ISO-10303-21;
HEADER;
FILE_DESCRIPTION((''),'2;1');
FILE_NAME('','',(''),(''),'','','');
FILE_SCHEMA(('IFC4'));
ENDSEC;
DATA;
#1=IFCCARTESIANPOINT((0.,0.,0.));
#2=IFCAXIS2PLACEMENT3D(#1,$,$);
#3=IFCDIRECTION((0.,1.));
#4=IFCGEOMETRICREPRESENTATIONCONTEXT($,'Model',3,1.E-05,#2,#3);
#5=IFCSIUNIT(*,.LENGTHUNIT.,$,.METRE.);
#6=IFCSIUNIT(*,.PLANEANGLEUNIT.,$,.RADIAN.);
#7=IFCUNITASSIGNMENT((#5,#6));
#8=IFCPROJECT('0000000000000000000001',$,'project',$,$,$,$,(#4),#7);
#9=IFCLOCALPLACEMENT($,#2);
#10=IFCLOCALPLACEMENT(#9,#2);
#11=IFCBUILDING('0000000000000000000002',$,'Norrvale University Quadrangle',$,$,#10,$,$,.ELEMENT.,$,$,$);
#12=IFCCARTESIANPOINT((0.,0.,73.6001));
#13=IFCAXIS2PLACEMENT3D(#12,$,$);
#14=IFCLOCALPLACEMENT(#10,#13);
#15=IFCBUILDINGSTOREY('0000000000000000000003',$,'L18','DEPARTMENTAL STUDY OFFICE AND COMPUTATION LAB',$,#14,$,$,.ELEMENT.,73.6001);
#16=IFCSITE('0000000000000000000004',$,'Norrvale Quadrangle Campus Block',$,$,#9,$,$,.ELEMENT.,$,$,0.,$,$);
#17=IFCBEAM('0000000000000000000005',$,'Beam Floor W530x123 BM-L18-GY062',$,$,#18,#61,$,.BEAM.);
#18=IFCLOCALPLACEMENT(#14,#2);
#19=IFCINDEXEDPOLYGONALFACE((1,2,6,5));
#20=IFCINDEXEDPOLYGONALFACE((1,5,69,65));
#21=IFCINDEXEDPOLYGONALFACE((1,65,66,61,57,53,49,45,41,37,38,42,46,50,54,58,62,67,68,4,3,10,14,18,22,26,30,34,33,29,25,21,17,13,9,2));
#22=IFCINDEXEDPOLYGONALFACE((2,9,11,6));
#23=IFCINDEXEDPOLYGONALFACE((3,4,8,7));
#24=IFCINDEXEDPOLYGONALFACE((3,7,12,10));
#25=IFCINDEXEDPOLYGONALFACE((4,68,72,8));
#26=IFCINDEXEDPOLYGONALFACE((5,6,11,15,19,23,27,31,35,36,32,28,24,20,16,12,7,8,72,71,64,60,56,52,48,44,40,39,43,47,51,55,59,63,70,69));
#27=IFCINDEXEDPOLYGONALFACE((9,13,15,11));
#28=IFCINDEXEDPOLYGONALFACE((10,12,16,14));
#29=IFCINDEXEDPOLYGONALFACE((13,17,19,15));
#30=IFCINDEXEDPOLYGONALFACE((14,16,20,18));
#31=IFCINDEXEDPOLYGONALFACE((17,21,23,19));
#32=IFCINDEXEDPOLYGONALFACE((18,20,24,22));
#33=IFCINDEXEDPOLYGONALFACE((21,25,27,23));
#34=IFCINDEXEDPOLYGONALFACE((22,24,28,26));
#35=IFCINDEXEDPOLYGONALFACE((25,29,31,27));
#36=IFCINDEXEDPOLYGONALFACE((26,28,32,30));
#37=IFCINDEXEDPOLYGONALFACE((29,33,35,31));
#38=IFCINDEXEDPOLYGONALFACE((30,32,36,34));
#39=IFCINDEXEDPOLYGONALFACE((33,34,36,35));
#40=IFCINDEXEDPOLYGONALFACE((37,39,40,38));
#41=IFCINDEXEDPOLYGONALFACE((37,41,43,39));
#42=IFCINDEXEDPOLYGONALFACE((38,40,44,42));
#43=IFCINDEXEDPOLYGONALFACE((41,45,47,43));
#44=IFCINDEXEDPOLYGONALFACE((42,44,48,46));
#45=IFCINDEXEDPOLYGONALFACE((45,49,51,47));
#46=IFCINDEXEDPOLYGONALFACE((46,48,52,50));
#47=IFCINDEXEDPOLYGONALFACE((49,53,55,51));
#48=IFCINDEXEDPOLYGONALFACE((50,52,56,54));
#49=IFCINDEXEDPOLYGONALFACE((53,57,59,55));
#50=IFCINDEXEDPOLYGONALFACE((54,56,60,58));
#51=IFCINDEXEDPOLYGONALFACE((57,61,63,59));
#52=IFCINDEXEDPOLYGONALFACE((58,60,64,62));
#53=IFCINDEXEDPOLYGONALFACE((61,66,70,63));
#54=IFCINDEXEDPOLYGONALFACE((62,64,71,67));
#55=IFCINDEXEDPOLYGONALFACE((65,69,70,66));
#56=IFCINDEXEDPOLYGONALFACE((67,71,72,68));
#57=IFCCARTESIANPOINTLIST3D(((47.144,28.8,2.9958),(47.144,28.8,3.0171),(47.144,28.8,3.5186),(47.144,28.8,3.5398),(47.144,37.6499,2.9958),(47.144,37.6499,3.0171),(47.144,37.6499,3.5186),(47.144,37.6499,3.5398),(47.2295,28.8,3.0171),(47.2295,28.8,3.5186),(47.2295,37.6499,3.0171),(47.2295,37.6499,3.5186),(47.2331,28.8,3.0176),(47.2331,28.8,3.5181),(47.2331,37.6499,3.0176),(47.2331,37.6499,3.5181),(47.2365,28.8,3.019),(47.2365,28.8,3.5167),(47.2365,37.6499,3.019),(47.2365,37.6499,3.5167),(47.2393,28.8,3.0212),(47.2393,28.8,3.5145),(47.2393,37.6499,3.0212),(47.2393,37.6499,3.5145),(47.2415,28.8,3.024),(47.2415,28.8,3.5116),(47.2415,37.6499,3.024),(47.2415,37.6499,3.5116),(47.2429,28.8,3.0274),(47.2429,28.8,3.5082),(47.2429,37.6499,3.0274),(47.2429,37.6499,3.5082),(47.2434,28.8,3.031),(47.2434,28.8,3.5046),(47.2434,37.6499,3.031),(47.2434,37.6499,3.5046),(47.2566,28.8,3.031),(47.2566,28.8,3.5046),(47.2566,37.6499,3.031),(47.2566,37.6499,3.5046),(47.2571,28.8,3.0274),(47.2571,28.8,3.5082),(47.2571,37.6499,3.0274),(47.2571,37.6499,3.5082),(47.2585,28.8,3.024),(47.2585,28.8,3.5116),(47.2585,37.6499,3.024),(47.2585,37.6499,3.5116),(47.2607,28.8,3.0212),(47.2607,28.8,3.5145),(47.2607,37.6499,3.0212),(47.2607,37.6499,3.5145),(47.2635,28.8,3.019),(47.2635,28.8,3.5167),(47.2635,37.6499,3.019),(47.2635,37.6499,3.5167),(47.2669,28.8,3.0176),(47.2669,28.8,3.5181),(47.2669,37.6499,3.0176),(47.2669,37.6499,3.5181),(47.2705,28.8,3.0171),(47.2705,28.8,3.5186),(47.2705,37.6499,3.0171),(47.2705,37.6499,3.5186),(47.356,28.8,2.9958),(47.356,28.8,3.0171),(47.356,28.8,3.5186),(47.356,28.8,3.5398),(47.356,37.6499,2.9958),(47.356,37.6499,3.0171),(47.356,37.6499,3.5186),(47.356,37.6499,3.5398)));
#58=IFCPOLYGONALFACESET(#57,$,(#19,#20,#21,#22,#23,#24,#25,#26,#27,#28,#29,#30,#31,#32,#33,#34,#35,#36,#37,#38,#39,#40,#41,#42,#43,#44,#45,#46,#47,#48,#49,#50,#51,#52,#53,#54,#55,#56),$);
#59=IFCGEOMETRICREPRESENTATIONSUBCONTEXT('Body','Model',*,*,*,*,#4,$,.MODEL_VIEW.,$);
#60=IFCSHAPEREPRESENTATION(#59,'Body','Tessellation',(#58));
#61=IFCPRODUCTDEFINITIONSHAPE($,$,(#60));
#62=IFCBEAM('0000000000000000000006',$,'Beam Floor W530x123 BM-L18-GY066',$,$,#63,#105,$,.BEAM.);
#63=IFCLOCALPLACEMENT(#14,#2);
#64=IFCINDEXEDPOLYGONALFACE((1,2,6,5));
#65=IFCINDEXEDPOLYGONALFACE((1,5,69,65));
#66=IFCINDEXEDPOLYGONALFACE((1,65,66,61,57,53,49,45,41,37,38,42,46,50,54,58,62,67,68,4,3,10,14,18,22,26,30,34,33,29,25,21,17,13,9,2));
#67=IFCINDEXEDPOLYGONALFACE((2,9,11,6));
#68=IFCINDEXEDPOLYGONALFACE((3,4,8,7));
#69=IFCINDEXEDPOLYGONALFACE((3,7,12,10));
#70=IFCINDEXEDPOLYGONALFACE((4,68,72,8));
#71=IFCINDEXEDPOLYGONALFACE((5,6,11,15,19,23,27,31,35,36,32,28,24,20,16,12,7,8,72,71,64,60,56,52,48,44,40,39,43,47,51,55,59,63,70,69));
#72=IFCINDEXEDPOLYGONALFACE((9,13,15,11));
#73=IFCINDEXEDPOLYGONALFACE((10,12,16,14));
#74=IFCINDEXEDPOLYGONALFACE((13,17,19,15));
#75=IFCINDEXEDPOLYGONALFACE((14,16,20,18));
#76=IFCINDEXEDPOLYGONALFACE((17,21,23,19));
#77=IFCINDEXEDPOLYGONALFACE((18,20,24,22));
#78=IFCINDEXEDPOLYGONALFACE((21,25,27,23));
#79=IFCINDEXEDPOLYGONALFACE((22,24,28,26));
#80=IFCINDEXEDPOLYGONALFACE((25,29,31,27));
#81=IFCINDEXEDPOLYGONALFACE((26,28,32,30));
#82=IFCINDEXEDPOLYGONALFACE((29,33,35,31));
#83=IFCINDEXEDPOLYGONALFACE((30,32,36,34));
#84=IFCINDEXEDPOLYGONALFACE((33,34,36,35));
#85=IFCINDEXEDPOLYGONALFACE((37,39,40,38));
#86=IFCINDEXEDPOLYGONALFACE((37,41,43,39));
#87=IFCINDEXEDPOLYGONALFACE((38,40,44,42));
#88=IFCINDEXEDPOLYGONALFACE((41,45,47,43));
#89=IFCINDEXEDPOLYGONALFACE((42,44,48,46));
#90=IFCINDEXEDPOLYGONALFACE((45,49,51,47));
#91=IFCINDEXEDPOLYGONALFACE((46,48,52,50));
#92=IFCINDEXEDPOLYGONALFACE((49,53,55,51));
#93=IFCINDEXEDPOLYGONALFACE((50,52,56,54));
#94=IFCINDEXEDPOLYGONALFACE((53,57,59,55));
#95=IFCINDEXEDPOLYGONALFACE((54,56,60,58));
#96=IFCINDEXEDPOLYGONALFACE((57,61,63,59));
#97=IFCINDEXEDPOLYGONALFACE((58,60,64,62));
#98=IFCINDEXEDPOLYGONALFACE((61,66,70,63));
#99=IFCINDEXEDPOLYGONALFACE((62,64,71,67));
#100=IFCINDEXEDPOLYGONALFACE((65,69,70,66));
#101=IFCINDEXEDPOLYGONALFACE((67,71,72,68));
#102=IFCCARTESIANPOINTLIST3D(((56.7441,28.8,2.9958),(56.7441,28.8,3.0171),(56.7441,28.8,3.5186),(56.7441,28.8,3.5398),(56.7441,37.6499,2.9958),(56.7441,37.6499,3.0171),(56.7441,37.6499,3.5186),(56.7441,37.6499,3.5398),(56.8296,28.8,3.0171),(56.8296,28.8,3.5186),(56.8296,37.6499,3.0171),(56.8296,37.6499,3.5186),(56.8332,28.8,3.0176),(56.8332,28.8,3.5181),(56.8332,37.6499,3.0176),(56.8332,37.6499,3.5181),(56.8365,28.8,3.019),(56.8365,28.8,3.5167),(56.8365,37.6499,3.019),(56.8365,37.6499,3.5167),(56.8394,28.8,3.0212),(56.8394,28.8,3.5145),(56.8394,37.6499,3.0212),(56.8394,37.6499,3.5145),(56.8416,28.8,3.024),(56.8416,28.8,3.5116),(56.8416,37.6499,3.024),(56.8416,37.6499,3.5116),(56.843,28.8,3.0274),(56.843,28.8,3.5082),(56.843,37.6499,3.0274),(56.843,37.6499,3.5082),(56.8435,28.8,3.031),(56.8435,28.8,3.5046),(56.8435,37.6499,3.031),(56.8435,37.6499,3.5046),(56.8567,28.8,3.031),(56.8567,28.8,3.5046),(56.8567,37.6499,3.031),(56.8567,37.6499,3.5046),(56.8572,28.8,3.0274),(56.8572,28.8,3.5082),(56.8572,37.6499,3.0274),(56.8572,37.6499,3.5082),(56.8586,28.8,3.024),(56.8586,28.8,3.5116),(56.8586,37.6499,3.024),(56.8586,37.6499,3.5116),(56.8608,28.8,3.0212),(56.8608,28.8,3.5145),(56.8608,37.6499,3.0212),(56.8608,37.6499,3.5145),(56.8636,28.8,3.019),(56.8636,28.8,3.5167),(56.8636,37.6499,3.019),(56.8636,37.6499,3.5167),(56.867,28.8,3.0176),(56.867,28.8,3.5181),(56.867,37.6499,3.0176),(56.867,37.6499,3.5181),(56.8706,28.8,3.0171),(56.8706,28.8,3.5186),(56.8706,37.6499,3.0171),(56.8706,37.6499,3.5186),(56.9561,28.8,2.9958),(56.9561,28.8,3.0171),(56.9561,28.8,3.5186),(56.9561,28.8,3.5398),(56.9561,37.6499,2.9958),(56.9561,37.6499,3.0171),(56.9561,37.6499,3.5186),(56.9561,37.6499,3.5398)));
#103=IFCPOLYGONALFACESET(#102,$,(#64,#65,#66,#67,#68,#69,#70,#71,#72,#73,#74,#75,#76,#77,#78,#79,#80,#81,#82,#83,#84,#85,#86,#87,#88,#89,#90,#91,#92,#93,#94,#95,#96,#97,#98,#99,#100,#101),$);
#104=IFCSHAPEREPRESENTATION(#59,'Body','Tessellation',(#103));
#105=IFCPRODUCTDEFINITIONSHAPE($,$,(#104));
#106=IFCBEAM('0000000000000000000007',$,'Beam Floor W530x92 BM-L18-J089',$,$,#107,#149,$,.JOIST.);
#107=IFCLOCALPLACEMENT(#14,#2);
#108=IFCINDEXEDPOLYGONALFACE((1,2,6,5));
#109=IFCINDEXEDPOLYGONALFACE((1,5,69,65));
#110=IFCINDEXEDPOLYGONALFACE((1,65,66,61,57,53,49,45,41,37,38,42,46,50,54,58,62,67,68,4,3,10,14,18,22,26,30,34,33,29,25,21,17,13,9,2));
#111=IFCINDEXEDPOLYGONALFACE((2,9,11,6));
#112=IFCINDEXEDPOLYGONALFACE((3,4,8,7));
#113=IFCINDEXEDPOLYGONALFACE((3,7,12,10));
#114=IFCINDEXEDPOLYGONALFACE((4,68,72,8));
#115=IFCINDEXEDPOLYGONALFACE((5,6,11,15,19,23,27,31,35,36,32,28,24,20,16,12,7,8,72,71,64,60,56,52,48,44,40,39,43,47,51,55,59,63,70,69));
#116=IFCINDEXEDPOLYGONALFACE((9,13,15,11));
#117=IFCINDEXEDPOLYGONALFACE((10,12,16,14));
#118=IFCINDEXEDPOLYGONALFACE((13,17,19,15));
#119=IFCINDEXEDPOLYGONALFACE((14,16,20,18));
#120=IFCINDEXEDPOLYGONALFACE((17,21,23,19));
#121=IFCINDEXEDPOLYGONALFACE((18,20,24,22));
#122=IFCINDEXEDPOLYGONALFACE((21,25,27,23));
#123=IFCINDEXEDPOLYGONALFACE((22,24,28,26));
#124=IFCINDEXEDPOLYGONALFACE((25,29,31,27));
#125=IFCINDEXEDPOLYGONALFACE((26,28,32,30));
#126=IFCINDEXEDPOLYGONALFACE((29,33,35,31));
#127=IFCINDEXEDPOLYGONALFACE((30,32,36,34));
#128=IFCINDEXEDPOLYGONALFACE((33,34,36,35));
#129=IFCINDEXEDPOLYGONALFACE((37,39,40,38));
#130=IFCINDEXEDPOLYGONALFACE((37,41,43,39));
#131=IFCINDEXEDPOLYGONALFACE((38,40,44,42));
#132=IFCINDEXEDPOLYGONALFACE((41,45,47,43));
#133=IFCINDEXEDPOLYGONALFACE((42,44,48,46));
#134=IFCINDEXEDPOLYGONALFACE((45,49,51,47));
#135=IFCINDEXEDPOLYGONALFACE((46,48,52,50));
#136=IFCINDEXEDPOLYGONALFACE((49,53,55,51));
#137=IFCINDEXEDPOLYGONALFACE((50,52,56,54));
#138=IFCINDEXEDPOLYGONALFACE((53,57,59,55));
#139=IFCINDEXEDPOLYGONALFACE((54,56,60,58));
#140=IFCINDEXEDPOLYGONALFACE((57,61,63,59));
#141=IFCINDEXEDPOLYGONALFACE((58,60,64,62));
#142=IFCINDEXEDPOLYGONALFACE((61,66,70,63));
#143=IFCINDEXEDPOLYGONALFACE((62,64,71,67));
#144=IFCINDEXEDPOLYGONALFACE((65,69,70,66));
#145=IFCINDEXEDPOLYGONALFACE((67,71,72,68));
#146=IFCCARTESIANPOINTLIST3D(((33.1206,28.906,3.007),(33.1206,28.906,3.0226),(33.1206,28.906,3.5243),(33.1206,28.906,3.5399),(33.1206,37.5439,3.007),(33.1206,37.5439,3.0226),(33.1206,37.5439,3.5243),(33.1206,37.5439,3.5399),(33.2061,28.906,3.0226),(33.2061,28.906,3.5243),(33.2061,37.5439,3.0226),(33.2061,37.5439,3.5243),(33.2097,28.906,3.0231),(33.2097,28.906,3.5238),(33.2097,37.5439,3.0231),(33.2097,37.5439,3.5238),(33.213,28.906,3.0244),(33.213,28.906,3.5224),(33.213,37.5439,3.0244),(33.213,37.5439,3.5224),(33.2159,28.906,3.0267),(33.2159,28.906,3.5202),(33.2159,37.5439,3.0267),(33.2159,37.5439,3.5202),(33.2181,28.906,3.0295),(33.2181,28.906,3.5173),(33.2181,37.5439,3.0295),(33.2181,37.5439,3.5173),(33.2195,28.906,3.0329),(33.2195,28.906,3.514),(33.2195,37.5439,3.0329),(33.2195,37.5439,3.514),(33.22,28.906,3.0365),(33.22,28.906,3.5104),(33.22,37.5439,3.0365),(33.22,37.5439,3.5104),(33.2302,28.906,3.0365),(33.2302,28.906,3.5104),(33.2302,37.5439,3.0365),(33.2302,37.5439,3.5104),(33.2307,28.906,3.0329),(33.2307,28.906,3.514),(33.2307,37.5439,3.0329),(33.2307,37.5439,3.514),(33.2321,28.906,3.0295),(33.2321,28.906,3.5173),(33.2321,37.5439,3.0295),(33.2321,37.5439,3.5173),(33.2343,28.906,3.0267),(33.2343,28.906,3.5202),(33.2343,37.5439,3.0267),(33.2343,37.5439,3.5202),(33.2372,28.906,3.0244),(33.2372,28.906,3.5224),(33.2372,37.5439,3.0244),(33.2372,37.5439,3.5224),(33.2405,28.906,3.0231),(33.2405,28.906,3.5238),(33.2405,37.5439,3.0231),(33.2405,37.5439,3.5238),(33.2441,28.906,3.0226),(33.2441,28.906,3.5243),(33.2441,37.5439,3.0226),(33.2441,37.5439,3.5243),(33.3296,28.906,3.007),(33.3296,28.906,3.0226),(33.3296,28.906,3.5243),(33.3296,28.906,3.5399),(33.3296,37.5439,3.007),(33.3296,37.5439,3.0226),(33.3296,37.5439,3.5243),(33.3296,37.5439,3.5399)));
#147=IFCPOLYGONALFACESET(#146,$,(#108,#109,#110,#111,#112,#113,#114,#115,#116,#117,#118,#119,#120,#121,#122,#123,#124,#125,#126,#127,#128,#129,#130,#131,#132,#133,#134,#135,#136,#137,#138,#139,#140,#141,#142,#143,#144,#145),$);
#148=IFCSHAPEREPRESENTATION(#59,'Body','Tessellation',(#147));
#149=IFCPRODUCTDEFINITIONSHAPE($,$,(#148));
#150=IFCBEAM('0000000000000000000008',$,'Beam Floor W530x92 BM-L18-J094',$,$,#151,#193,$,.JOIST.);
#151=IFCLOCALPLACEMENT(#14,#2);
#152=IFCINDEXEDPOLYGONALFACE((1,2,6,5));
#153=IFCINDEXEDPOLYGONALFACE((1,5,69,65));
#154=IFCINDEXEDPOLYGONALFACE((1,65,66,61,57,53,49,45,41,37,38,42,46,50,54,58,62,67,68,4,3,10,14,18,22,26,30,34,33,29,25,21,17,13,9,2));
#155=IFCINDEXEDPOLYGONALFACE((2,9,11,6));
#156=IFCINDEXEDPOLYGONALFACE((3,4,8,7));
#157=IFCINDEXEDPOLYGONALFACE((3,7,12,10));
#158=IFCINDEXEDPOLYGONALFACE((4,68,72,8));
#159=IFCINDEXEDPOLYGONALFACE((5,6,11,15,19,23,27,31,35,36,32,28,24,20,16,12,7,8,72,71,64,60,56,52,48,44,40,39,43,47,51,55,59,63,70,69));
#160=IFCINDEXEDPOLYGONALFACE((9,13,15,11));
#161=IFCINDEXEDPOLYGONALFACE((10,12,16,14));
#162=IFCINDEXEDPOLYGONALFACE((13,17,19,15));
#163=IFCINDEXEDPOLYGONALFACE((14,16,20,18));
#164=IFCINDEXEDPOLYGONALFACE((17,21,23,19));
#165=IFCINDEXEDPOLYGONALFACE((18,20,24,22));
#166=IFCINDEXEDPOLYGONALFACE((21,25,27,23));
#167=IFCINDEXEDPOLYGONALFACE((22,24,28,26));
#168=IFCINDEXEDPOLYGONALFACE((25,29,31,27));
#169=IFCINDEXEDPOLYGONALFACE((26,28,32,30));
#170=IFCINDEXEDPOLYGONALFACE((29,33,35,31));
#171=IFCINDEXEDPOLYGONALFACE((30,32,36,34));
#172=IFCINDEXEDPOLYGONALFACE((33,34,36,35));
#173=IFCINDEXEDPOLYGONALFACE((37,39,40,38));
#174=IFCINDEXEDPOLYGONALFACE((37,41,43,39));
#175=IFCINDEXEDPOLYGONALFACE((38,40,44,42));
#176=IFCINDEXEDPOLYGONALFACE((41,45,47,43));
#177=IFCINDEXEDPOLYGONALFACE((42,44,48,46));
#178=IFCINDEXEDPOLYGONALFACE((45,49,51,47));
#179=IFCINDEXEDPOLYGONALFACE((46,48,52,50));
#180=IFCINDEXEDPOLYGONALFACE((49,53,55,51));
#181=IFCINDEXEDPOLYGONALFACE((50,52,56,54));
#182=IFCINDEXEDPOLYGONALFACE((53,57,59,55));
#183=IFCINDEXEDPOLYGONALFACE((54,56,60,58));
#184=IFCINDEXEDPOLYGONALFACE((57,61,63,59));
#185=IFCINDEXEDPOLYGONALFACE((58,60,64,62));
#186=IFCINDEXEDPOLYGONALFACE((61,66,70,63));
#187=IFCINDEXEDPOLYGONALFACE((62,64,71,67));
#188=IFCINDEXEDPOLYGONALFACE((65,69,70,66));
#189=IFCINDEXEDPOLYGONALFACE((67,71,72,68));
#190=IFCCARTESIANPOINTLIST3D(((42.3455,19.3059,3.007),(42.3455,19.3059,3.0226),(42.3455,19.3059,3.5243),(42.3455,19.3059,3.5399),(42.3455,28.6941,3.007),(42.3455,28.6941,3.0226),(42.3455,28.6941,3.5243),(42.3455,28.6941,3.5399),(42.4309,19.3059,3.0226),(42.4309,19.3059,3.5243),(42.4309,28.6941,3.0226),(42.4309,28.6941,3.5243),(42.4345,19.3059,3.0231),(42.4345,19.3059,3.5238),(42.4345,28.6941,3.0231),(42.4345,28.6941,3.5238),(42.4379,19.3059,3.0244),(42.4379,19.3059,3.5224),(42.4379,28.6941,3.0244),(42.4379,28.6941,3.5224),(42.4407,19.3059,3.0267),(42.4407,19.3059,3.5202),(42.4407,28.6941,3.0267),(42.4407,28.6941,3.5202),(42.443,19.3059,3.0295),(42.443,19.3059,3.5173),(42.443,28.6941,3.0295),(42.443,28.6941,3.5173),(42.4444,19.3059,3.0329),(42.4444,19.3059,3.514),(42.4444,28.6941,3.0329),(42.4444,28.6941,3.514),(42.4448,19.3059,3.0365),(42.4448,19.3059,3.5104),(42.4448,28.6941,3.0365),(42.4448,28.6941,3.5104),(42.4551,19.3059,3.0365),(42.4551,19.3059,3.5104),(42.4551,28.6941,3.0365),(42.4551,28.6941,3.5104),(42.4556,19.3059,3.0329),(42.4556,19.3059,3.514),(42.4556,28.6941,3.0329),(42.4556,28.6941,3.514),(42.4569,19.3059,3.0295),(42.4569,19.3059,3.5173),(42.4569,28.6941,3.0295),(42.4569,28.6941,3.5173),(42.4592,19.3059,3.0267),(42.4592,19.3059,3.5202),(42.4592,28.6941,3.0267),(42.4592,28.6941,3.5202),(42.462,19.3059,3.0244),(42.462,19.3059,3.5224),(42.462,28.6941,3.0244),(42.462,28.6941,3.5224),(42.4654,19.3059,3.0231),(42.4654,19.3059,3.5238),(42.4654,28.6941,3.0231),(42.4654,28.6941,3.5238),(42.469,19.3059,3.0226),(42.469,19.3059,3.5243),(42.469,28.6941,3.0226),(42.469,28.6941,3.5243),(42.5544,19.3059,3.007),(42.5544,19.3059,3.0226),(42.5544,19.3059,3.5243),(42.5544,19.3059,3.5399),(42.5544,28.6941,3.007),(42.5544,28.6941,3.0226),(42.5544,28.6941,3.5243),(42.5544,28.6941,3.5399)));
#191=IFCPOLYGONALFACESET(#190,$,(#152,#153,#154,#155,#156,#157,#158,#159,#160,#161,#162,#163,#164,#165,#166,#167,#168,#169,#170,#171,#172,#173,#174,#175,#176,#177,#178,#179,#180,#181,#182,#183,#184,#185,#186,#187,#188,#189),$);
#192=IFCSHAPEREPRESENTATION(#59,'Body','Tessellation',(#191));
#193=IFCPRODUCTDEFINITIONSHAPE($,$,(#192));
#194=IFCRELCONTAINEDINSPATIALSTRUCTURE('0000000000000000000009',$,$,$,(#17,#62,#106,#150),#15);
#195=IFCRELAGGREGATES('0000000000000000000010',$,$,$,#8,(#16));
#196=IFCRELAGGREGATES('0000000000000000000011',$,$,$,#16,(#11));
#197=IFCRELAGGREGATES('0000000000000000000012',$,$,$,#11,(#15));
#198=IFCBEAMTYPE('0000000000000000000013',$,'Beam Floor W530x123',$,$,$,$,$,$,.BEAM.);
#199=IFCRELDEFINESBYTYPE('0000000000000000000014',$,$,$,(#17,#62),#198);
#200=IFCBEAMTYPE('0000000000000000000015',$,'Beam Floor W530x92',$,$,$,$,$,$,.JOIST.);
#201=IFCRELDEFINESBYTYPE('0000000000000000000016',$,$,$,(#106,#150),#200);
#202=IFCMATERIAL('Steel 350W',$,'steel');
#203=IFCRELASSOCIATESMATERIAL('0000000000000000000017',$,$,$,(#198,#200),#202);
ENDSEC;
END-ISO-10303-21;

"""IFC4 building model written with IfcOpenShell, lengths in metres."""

from ifc_helpers import new_model, si_unit, direction, frame, origin, origin_2d, place, context, subcontext, project, spatial, i_section, extrude, material, material_profile, profile_set, type_object, element, save


model = new_model("IFC4")

# Units and contexts
model_context = context("Model", 3, precision=1e-05, world=origin(), true_north=direction((0.0, 1.0)))
body_context = subcontext(model_context, "Body", "Model", "MODEL_VIEW")
ifc_project = project(units=[si_unit("LENGTHUNIT", "METRE"), si_unit("PLANEANGLEUNIT", "RADIAN")], contexts=[model_context])

# Site, building, storey
site_placement = place(None, origin())
site = spatial("IfcSite", under=ifc_project, at=site_placement, Name="Norrvale Quadrangle Campus Block", CompositionType="ELEMENT", RefElevation=0.0)
building_placement = place(site_placement, origin())
building = spatial("IfcBuilding", under=site, at=building_placement, Name="Norrvale University Quadrangle", CompositionType="ELEMENT")
storey_placement = place(building_placement, frame((0.0, 0.0, 73.6001)))
storey = spatial("IfcBuildingStorey", under=building, at=storey_placement, Name="L18", Description="DEPARTMENTAL STUDY OFFICE AND COMPUTATION LAB", CompositionType="ELEMENT", Elevation=73.6001)

# Beams
ifc_material_1 = material(Name="Steel 350W", Category="steel")
ifc_material_profile_1 = material_profile(ifc_material_1, i_section(OverallWidth=0.2119, OverallDepth=0.5439, WebThickness=0.0132, FlangeThickness=0.0212, FilletRadius=0.0139, at=origin_2d()), Name="Steel 350W")
ifc_profile_set_1 = profile_set([ifc_material_profile_1], Name="Steel 350W")
beam_type_1 = type_object("IfcBeamType", Name="Beam Floor W530x123", PredefinedType="BEAM", material=ifc_profile_set_1)
for number, where, z_axis, x_axis, name in (
    (1, (47.25, 28.8, 3.2678), (0.0, 1.0, 0.0), (-1.0, 0.0, 0.0), "Beam Floor W530x123 BM-L18-GY062"),
    (2, (56.8501, 28.8, 3.2678), (0.0, 1.0, 0.0), (-1.0, 0.0, 0.0), "Beam Floor W530x123 BM-L18-GY066"),
):
    element("IfcBeam", number, at=place(storey_placement, frame(where, z_axis=z_axis, x_axis=x_axis)), inside=storey, type_object=beam_type_1, Name=name, PredefinedType="BEAM", context=body_context, shape_type="SweptSolid", body=[
        extrude(i_section(OverallWidth=0.2119, OverallDepth=0.5439, WebThickness=0.0132, FlangeThickness=0.0212, FilletRadius=0.0139, at=origin_2d()), origin(), (0.0, 0.0, 1.0), 8.8499),
    ])
ifc_material_profile_2 = material_profile(ifc_material_1, i_section(OverallWidth=0.209, OverallDepth=0.533, WebThickness=0.0103, FlangeThickness=0.0156, FilletRadius=0.0139, at=origin_2d()), Name="Steel 350W")
ifc_profile_set_2 = profile_set([ifc_material_profile_2], Name="Steel 350W")
beam_type_2 = type_object("IfcBeamType", Name="Beam Floor W530x92", PredefinedType="JOIST", material=ifc_profile_set_2)
beam_1_placement = place(storey_placement, frame((33.2251, 28.906, 3.2734), z_axis=(0.0, 1.0, 0.0), x_axis=(-1.0, 0.0, 0.0)))
element("IfcBeam", 3, at=beam_1_placement, inside=storey, type_object=beam_type_2, Name="Beam Floor W530x92 BM-L18-J089", PredefinedType="JOIST", context=body_context, shape_type="SweptSolid", body=[
    extrude(i_section(OverallWidth=0.209, OverallDepth=0.533, WebThickness=0.0103, FlangeThickness=0.0156, FilletRadius=0.0139, at=origin_2d()), origin(), (0.0, 0.0, 1.0), 8.6379),
])
beam_2_placement = place(storey_placement, frame((42.45, 19.3059, 3.2734), z_axis=(0.0, 1.0, 0.0), x_axis=(-1.0, 0.0, 0.0)))
element("IfcBeam", 4, at=beam_2_placement, inside=storey, type_object=beam_type_2, Name="Beam Floor W530x92 BM-L18-J094", PredefinedType="JOIST", context=body_context, shape_type="SweptSolid", body=[
    extrude(i_section(OverallWidth=0.209, OverallDepth=0.533, WebThickness=0.0103, FlangeThickness=0.0156, FilletRadius=0.0139, at=origin_2d()), origin(), (0.0, 0.0, 1.0), 9.3882),
])

save(model, "model.ifc")
